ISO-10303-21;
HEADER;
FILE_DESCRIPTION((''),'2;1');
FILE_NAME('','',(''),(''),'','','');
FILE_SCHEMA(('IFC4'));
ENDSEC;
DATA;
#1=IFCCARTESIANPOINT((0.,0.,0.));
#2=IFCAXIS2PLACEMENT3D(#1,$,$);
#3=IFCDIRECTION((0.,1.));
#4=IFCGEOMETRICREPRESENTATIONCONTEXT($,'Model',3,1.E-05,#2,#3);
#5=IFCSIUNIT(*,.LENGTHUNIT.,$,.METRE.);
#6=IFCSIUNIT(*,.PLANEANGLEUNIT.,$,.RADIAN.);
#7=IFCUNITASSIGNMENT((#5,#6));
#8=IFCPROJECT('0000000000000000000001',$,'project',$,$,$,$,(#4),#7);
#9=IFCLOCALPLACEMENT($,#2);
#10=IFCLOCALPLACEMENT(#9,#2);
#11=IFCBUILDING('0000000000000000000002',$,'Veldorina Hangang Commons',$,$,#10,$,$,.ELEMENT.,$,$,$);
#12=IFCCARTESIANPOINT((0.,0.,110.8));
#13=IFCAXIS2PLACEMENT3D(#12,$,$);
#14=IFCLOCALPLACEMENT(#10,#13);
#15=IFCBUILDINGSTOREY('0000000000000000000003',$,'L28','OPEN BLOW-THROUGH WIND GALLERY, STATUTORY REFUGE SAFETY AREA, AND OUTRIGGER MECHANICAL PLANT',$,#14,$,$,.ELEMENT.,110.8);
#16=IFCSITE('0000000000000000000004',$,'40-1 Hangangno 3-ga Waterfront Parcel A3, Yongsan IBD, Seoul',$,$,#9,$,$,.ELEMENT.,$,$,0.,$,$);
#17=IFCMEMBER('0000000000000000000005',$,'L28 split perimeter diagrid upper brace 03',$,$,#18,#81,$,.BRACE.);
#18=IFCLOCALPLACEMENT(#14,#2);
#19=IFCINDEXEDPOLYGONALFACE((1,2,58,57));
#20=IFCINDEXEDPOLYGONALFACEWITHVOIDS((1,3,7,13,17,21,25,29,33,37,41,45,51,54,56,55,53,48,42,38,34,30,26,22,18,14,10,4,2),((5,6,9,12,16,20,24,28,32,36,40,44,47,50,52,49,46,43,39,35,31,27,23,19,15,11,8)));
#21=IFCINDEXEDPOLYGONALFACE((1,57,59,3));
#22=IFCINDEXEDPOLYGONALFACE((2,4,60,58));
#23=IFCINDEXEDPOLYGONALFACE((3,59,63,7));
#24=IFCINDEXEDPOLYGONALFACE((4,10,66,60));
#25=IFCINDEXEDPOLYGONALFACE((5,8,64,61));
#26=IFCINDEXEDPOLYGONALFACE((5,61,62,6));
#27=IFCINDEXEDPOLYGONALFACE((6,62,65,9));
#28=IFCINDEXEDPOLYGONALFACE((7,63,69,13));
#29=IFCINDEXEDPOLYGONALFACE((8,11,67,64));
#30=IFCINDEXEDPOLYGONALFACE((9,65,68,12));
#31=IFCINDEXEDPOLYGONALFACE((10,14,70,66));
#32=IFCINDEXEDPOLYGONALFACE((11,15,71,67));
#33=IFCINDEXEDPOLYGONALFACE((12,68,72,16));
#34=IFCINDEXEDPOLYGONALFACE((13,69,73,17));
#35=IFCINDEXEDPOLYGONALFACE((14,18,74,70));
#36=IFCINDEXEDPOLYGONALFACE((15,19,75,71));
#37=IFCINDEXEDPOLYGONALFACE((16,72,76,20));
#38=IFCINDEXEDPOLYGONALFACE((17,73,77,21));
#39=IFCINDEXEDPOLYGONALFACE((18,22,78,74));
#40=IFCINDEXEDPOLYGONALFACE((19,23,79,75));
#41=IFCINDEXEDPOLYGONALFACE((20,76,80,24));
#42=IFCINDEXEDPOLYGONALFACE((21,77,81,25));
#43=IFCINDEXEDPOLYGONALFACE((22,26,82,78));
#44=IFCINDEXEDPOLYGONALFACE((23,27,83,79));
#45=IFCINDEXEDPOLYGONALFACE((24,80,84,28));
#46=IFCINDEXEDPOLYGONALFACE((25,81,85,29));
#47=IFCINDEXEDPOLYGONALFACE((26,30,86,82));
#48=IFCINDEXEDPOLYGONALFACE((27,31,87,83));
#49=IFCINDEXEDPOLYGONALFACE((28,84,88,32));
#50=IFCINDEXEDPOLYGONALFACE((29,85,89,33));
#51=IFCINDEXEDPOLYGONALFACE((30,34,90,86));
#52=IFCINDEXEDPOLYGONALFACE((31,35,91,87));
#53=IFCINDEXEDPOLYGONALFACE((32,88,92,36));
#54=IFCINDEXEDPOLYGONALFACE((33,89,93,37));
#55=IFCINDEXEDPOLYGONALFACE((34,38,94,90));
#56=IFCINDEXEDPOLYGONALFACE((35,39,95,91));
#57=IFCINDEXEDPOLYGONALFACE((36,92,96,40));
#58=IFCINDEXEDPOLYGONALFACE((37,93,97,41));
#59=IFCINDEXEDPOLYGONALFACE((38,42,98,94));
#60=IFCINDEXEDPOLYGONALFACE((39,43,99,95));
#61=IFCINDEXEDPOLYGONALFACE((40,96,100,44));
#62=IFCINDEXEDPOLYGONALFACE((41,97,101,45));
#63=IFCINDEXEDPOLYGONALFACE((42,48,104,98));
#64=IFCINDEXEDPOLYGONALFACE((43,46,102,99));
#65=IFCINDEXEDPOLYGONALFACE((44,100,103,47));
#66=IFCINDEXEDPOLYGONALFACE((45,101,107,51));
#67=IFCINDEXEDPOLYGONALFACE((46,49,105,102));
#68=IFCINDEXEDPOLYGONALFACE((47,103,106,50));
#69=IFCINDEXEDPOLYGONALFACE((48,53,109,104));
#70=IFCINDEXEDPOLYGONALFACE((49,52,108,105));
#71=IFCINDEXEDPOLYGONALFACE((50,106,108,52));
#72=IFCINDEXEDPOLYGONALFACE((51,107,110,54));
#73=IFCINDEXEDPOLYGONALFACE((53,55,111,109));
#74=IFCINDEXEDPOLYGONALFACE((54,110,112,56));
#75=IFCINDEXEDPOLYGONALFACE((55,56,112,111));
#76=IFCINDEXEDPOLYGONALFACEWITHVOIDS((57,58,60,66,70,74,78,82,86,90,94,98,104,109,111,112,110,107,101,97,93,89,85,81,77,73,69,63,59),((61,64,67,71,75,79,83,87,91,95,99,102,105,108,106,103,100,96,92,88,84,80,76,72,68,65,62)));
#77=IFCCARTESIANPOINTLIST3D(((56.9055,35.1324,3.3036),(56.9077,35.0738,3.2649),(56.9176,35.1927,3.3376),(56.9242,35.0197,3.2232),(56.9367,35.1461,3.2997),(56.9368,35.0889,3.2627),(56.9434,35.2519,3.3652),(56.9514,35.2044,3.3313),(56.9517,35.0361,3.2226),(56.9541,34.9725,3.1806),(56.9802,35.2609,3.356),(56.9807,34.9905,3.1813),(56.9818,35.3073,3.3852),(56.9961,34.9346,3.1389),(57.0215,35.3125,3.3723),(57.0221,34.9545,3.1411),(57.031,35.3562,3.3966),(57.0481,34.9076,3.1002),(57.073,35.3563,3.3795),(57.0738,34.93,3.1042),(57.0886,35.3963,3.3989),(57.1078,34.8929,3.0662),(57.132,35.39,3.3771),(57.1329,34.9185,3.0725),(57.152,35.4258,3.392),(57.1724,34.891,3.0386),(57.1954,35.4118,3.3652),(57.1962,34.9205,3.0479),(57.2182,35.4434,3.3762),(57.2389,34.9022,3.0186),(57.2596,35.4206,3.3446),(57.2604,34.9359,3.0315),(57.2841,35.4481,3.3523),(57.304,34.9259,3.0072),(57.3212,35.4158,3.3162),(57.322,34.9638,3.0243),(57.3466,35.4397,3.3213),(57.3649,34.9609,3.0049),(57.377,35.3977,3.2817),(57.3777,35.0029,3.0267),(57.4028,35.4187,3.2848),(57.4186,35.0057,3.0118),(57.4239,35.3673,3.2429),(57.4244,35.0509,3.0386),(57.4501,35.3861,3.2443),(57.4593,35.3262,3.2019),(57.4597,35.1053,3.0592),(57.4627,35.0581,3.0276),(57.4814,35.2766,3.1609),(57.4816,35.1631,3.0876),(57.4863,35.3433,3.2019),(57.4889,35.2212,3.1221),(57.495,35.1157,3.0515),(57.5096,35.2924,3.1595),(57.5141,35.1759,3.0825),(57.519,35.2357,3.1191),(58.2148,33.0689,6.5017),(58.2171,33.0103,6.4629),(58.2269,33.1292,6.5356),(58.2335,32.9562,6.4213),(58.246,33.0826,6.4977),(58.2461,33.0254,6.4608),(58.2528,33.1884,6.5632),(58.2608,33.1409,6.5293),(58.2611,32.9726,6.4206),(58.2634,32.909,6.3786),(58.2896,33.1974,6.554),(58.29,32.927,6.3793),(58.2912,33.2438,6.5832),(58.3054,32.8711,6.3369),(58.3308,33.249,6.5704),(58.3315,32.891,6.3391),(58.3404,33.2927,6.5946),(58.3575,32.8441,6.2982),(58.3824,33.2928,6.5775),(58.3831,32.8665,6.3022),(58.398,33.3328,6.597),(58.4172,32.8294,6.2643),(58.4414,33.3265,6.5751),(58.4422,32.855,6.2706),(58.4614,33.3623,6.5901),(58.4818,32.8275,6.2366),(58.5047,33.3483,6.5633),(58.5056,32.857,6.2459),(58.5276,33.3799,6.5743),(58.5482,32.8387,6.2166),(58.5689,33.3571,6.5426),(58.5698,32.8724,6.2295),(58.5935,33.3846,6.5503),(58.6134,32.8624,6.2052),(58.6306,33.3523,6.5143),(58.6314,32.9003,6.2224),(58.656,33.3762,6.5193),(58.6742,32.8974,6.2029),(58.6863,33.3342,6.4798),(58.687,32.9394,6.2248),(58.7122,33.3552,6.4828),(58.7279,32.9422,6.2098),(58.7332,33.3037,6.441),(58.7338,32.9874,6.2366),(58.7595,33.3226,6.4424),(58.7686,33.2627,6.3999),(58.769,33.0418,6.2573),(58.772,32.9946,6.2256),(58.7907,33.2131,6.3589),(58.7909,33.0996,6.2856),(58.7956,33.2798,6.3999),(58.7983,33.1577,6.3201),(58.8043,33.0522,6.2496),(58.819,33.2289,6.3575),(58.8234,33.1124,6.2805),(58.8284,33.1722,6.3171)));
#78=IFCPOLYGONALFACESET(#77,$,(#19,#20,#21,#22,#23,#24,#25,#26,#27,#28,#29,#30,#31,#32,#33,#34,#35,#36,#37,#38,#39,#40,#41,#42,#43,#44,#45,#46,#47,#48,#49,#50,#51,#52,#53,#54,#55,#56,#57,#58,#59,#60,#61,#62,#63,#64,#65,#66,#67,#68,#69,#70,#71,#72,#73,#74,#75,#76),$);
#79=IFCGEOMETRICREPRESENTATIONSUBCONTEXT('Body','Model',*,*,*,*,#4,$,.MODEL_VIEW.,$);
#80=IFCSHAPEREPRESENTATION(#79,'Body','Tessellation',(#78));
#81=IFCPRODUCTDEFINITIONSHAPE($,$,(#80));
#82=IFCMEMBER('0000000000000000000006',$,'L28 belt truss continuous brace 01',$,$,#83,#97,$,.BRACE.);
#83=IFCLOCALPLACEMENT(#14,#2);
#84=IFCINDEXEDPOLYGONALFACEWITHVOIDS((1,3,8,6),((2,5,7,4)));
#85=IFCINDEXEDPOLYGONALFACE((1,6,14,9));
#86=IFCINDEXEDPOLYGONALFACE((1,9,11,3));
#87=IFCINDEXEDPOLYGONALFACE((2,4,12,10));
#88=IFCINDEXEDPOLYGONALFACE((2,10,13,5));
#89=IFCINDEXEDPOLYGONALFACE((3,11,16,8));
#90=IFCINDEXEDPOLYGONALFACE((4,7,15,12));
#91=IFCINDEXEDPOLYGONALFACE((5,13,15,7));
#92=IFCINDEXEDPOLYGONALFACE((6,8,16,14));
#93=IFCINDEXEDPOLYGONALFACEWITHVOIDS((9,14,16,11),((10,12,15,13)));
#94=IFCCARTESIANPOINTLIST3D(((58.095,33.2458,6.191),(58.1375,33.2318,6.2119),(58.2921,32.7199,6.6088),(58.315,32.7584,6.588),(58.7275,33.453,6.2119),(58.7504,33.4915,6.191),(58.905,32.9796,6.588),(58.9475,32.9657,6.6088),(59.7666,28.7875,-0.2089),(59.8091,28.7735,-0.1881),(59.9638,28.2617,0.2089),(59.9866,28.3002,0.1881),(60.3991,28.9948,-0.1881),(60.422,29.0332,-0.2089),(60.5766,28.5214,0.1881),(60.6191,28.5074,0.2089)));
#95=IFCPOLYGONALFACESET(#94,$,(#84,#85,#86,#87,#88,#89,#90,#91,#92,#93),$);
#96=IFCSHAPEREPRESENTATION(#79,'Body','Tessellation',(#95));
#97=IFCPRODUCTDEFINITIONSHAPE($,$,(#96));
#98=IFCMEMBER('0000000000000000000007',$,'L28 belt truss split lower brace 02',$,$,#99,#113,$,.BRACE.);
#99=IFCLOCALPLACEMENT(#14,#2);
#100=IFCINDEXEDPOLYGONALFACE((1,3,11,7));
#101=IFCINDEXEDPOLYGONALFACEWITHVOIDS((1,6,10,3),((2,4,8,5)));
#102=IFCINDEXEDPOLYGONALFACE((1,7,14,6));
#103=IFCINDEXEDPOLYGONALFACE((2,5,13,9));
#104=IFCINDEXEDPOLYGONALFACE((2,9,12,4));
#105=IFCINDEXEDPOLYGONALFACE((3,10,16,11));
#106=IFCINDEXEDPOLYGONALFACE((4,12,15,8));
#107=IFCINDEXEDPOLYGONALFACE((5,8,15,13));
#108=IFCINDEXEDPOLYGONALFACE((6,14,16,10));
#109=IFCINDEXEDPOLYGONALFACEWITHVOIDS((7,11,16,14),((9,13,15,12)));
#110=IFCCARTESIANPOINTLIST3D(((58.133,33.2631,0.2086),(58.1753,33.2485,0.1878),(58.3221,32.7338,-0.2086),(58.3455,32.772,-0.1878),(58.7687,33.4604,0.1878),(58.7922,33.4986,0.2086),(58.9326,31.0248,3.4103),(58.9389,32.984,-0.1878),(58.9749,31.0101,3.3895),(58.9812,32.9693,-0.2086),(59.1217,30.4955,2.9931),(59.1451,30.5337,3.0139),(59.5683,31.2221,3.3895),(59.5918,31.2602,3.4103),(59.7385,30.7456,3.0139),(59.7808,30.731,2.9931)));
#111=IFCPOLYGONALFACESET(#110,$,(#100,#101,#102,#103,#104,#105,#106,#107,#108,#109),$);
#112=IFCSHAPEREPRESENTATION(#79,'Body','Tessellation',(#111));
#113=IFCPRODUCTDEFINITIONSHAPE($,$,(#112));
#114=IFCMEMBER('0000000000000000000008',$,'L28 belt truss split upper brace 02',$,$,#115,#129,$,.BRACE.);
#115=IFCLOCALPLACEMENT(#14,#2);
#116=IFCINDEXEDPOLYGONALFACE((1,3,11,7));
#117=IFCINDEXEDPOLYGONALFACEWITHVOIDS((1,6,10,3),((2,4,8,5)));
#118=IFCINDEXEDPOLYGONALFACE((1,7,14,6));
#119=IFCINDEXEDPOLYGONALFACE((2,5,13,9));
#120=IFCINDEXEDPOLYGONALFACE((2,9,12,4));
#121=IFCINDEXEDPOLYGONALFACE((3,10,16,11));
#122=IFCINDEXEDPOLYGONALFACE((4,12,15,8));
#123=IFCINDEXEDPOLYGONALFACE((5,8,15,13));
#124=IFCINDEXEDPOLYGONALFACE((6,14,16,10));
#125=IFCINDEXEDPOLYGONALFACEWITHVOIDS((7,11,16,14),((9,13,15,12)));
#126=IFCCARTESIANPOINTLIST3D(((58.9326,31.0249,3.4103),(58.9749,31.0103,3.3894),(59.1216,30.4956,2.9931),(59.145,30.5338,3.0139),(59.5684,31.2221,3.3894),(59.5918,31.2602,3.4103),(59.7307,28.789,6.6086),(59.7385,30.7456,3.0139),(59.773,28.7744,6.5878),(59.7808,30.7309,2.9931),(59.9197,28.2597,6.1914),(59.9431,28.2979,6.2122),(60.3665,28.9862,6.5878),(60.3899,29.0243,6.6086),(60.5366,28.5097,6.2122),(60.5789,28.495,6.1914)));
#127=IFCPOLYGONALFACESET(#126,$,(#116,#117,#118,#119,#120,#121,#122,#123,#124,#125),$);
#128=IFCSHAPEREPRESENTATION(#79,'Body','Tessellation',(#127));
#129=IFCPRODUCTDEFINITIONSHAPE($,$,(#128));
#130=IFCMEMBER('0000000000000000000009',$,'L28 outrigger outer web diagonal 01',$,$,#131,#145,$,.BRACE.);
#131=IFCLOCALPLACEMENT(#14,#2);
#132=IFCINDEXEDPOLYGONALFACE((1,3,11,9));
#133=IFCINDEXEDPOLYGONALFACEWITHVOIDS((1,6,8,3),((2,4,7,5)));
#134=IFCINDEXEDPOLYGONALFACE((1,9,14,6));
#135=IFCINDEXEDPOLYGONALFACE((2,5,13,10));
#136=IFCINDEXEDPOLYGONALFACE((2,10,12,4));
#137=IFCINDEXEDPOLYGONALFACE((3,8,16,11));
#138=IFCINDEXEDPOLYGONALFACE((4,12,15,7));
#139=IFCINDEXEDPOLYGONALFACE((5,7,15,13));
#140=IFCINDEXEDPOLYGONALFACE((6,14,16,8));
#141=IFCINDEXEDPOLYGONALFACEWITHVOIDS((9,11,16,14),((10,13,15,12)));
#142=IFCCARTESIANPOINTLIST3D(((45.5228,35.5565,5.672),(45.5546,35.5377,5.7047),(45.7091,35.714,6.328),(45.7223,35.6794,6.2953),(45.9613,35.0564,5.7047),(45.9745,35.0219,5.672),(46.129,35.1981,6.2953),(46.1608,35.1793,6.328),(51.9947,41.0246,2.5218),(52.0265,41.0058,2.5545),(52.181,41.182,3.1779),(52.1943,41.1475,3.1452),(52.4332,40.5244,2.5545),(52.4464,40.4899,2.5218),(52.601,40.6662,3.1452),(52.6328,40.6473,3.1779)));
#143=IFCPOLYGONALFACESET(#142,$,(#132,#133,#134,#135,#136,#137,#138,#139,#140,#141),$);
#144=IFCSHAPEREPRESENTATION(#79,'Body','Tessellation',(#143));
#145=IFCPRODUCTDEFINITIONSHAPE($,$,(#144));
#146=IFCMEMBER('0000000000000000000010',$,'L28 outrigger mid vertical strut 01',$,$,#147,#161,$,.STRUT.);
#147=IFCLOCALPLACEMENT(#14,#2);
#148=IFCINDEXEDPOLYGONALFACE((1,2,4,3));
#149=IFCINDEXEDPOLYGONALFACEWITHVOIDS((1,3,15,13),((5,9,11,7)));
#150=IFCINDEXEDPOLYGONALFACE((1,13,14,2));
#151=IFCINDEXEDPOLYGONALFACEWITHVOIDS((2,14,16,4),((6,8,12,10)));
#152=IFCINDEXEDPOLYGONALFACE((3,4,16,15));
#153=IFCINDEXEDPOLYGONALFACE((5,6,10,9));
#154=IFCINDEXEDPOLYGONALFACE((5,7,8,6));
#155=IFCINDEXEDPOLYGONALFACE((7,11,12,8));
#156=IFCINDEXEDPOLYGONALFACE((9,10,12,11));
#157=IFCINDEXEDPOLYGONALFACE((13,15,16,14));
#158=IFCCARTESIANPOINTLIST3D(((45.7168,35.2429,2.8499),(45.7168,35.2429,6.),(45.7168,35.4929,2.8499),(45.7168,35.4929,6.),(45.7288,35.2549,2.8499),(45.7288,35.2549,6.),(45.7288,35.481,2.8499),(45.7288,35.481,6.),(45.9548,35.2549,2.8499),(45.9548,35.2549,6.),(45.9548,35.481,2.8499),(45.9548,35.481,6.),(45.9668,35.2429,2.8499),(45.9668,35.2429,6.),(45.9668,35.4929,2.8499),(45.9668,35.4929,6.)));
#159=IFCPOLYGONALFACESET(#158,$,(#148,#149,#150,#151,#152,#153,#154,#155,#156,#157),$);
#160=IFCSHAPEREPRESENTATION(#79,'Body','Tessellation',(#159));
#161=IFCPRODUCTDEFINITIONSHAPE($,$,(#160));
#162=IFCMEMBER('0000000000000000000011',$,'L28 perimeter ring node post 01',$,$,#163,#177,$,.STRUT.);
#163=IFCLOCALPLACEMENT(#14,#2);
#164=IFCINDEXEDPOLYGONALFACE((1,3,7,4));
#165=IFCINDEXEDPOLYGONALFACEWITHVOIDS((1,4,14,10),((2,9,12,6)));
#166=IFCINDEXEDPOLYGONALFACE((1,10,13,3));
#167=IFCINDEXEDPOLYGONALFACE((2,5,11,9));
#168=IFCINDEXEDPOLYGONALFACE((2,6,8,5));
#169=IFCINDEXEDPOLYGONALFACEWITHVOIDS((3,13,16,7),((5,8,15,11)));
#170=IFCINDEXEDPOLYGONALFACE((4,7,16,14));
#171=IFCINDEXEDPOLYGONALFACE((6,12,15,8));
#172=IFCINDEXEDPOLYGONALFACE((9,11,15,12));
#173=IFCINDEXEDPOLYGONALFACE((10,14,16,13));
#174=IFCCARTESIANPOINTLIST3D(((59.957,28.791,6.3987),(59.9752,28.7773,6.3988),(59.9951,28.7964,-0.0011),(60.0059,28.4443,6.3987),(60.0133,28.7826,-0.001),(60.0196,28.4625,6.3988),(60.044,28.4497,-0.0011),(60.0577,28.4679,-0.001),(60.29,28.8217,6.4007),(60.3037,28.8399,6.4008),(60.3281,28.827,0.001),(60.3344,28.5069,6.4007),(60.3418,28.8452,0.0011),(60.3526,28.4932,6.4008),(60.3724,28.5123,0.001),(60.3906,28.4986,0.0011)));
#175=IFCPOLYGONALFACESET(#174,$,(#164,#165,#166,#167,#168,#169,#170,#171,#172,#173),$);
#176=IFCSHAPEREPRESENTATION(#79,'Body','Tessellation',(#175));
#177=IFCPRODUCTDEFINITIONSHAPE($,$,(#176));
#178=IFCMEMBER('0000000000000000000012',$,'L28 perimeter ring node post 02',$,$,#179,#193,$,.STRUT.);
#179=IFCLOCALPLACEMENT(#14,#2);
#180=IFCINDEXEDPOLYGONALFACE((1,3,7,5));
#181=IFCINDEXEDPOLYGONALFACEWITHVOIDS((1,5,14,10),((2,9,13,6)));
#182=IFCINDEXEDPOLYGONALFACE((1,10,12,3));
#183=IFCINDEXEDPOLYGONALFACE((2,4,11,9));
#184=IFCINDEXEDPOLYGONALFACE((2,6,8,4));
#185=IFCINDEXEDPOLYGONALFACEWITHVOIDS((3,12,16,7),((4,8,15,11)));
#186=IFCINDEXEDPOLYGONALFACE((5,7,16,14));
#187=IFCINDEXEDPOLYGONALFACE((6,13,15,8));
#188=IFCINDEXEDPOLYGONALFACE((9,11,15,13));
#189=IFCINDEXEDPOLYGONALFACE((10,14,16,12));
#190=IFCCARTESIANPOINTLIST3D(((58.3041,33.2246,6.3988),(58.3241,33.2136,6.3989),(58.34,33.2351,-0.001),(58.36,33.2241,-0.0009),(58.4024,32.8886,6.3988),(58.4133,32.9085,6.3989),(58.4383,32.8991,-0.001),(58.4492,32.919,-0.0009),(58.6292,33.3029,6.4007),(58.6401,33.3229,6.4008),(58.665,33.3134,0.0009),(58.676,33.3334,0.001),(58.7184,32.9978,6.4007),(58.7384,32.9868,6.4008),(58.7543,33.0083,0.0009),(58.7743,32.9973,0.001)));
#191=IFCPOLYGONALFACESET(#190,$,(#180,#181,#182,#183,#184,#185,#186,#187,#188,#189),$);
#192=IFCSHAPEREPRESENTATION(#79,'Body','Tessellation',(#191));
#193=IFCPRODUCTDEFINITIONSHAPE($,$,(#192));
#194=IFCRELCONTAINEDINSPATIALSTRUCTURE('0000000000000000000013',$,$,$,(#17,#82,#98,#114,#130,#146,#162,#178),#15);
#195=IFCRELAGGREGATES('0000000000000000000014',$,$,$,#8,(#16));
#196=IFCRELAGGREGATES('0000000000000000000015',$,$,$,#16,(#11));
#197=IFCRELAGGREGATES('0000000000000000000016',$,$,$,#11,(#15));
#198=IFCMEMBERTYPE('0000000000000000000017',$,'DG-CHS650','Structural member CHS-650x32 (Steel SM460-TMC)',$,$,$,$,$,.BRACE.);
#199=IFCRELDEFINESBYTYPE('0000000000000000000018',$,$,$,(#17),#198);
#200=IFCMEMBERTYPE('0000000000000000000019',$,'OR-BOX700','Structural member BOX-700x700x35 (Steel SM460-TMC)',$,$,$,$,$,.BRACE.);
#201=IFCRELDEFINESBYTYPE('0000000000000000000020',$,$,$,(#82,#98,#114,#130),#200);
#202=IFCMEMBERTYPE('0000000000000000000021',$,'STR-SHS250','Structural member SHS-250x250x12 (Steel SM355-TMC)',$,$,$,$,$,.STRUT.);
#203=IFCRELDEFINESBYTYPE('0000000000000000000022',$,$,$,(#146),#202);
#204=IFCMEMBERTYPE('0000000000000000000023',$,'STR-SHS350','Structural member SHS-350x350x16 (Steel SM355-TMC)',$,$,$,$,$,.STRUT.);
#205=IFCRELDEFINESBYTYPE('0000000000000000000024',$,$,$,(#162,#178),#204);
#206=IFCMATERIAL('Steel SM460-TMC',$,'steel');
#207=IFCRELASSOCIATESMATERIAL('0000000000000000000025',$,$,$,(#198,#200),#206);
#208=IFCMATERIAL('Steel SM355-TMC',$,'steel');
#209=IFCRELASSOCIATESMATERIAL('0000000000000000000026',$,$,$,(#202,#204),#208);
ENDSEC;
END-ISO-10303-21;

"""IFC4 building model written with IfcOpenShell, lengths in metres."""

from ifc_helpers import new_model, si_unit, direction, frame, origin, origin_2d, place, context, subcontext, project, spatial, hollow_rectangle, hollow_circle, extrude, material, material_profile, profile_set, type_object, element, save


model = new_model("IFC4")

# Units and contexts
model_context = context("Model", 3, precision=1e-05, world=origin(), true_north=direction((0.0, 1.0)))
body_context = subcontext(model_context, "Body", "Model", "MODEL_VIEW")
ifc_project = project(units=[si_unit("LENGTHUNIT", "METRE"), si_unit("PLANEANGLEUNIT", "RADIAN")], contexts=[model_context])

# Site, building, storey
site_placement = place(None, origin())
site = spatial("IfcSite", under=ifc_project, at=site_placement, Name="40-1 Hangangno 3-ga Waterfront Parcel A3, Yongsan IBD, Seoul", CompositionType="ELEMENT", RefElevation=0.0)
building_placement = place(site_placement, origin())
building = spatial("IfcBuilding", under=site, at=building_placement, Name="Veldorina Hangang Commons", CompositionType="ELEMENT")
storey_placement = place(building_placement, frame((0.0, 0.0, 110.8)))
storey = spatial("IfcBuildingStorey", under=building, at=storey_placement, Name="L28", Description="OPEN BLOW-THROUGH WIND GALLERY, STATUTORY REFUGE SAFETY AREA, AND OUTRIGGER MECHANICAL PLANT", CompositionType="ELEMENT", Elevation=110.8)

# Shared definitions
ifc_material_1 = material(Name="Steel SM460-TMC", Category="steel")

# Members
ifc_material_profile_1 = material_profile(ifc_material_1, hollow_circle(Radius=0.325, WallThickness=0.032, at=origin_2d()), Name="CHS-650x32")
ifc_profile_set_1 = profile_set([ifc_material_profile_1], Name="Steel SM460-TMC")
member_type_1 = type_object("IfcMemberType", Name="DG-CHS650", Description="Structural member CHS-650x32 (Steel SM460-TMC)", PredefinedType="BRACE", material=ifc_profile_set_1)
member_1_placement = place(storey_placement, frame((57.2119, 35.1692, 3.2019), z_axis=(0.32531, -0.512683, 0.794562), x_axis=(0.844364, 0.53577, 0.0)))
element("IfcMember", 1, at=member_1_placement, inside=storey, type_object=member_type_1, Name="L28 split perimeter diagrid upper brace 03", PredefinedType="BRACE", context=body_context, shape_type="SweptSolid", body=[
    extrude(hollow_circle(Radius=0.325, WallThickness=0.032, at=origin_2d()), origin(), (0.0, 0.0, 1.0), 4.0249),
])
ifc_material_profile_2 = material_profile(ifc_material_1, hollow_rectangle(XDim=0.7, YDim=0.7, WallThickness=0.0349, at=origin_2d()), Name="BOX-700x700x35")
ifc_profile_set_2 = profile_set([ifc_material_profile_2], Name="Steel SM460-TMC")
member_type_2 = type_object("IfcMemberType", Name="OR-BOX700", Description="Structural member BOX-700x700x35 (Steel SM460-TMC)", PredefinedType="BRACE", material=ifc_profile_set_2)
member_2_placement = place(storey_placement, frame((60.1929, 28.6475, 0.0), z_axis=(-0.209562, 0.558903, 0.802316), x_axis=(-0.936344, -0.351084, 0.0)))
element("IfcMember", 2, at=member_2_placement, inside=storey, type_object=member_type_2, Name="L28 belt truss continuous brace 01", PredefinedType="BRACE", context=body_context, shape_type="SweptSolid", body=[
    extrude(hollow_rectangle(XDim=0.7, YDim=0.7, WallThickness=0.0349, at=origin_2d()), origin(), (0.0, 0.0, 1.0), 7.9768),
])
member_3_placement = place(storey_placement, frame((58.5571, 33.1162, 0.0), z_axis=(0.200519, -0.56133, 0.802932), x_axis=(0.941719, 0.336401, 0.0)))
element("IfcMember", 3, at=member_3_placement, inside=storey, type_object=member_type_2, Name="L28 belt truss split lower brace 02", PredefinedType="BRACE", context=body_context, shape_type="SweptSolid", body=[
    extrude(hollow_rectangle(XDim=0.7, YDim=0.7, WallThickness=0.0349, at=origin_2d()), origin(), (0.0, 0.0, 1.0), 3.9875),
])
member_4_placement = place(storey_placement, frame((59.3567, 30.8779, 3.2017), z_axis=(0.200373, -0.561339, 0.802963), x_axis=(0.941798, 0.33618, 0.0)))
element("IfcMember", 4, at=member_4_placement, inside=storey, type_object=member_type_2, Name="L28 belt truss split upper brace 02", PredefinedType="BRACE", context=body_context, shape_type="SweptSolid", body=[
    extrude(hollow_rectangle(XDim=0.7, YDim=0.7, WallThickness=0.0349, at=origin_2d()), origin(), (0.0, 0.0, 1.0), 3.9832),
])
member_5_placement = place(storey_placement, frame((45.8418, 35.3679, 6.0), z_axis=(0.715978, 0.604918, -0.348496), x_axis=(-0.645376, 0.763865, 0.0)))
element("IfcMember", 5, at=member_5_placement, inside=storey, type_object=member_type_2, Name="L28 outrigger outer web diagonal 01", PredefinedType="BRACE", context=body_context, shape_type="SweptSolid", body=[
    extrude(hollow_rectangle(XDim=0.7, YDim=0.7, WallThickness=0.0349, at=origin_2d()), origin(), (0.0, 0.0, 1.0), 9.0393),
])
ifc_material_2 = material(Name="Steel SM355-TMC", Category="steel")
ifc_material_profile_3 = material_profile(ifc_material_2, hollow_rectangle(XDim=0.25, YDim=0.25, WallThickness=0.012, at=origin_2d()), Name="SHS-250x250x12")
ifc_profile_set_3 = profile_set([ifc_material_profile_3], Name="Steel SM355-TMC")
member_type_3 = type_object("IfcMemberType", Name="STR-SHS250", Description="Structural member SHS-250x250x12 (Steel SM355-TMC)", PredefinedType="STRUT", material=ifc_profile_set_3)
member_6_placement = place(storey_placement, frame((45.8418, 35.3679, 2.8499), z_axis=(0.0, 0.0, 1.0), x_axis=(1.0, 0.0, 0.0)))
element("IfcMember", 6, at=member_6_placement, inside=storey, type_object=member_type_3, Name="L28 outrigger mid vertical strut 01", PredefinedType="STRUT", context=body_context, shape_type="SweptSolid", body=[
    extrude(hollow_rectangle(XDim=0.25, YDim=0.25, WallThickness=0.012, at=origin_2d()), origin(), (0.0, 0.0, 1.0), 3.1501),
])
ifc_material_profile_4 = material_profile(ifc_material_2, hollow_rectangle(XDim=0.3501, YDim=0.3501, WallThickness=0.0161, at=origin_2d()), Name="SHS-350x350x16")
ifc_profile_set_4 = profile_set([ifc_material_profile_4], Name="Steel SM355-TMC")
member_type_4 = type_object("IfcMemberType", Name="STR-SHS350", Description="Structural member SHS-350x350x16 (Steel SM355-TMC)", PredefinedType="STRUT", material=ifc_profile_set_4)
for number, where, z_axis, x_axis, name in (
    (7, (60.1929, 28.6475, 0.0), (-0.005951, -0.000839, 0.999982), (0.139644, -0.990202, 0.0), "L28 perimeter ring node post 01"),
    (8, (58.5571, 33.1162, 0.0), (-0.005608, -0.00164, 0.999983), (0.280752, -0.95978, 0.0), "L28 perimeter ring node post 02"),
):
    element("IfcMember", number, at=place(storey_placement, frame(where, z_axis=z_axis, x_axis=x_axis)), inside=storey, type_object=member_type_4, Name=name, PredefinedType="STRUT", context=body_context, shape_type="SweptSolid", body=[
        extrude(hollow_rectangle(XDim=0.3501, YDim=0.3501, WallThickness=0.0161, at=origin_2d()), origin(), (0.0, 0.0, 1.0), 6.3999),
    ])

save(model, "model.ifc")
